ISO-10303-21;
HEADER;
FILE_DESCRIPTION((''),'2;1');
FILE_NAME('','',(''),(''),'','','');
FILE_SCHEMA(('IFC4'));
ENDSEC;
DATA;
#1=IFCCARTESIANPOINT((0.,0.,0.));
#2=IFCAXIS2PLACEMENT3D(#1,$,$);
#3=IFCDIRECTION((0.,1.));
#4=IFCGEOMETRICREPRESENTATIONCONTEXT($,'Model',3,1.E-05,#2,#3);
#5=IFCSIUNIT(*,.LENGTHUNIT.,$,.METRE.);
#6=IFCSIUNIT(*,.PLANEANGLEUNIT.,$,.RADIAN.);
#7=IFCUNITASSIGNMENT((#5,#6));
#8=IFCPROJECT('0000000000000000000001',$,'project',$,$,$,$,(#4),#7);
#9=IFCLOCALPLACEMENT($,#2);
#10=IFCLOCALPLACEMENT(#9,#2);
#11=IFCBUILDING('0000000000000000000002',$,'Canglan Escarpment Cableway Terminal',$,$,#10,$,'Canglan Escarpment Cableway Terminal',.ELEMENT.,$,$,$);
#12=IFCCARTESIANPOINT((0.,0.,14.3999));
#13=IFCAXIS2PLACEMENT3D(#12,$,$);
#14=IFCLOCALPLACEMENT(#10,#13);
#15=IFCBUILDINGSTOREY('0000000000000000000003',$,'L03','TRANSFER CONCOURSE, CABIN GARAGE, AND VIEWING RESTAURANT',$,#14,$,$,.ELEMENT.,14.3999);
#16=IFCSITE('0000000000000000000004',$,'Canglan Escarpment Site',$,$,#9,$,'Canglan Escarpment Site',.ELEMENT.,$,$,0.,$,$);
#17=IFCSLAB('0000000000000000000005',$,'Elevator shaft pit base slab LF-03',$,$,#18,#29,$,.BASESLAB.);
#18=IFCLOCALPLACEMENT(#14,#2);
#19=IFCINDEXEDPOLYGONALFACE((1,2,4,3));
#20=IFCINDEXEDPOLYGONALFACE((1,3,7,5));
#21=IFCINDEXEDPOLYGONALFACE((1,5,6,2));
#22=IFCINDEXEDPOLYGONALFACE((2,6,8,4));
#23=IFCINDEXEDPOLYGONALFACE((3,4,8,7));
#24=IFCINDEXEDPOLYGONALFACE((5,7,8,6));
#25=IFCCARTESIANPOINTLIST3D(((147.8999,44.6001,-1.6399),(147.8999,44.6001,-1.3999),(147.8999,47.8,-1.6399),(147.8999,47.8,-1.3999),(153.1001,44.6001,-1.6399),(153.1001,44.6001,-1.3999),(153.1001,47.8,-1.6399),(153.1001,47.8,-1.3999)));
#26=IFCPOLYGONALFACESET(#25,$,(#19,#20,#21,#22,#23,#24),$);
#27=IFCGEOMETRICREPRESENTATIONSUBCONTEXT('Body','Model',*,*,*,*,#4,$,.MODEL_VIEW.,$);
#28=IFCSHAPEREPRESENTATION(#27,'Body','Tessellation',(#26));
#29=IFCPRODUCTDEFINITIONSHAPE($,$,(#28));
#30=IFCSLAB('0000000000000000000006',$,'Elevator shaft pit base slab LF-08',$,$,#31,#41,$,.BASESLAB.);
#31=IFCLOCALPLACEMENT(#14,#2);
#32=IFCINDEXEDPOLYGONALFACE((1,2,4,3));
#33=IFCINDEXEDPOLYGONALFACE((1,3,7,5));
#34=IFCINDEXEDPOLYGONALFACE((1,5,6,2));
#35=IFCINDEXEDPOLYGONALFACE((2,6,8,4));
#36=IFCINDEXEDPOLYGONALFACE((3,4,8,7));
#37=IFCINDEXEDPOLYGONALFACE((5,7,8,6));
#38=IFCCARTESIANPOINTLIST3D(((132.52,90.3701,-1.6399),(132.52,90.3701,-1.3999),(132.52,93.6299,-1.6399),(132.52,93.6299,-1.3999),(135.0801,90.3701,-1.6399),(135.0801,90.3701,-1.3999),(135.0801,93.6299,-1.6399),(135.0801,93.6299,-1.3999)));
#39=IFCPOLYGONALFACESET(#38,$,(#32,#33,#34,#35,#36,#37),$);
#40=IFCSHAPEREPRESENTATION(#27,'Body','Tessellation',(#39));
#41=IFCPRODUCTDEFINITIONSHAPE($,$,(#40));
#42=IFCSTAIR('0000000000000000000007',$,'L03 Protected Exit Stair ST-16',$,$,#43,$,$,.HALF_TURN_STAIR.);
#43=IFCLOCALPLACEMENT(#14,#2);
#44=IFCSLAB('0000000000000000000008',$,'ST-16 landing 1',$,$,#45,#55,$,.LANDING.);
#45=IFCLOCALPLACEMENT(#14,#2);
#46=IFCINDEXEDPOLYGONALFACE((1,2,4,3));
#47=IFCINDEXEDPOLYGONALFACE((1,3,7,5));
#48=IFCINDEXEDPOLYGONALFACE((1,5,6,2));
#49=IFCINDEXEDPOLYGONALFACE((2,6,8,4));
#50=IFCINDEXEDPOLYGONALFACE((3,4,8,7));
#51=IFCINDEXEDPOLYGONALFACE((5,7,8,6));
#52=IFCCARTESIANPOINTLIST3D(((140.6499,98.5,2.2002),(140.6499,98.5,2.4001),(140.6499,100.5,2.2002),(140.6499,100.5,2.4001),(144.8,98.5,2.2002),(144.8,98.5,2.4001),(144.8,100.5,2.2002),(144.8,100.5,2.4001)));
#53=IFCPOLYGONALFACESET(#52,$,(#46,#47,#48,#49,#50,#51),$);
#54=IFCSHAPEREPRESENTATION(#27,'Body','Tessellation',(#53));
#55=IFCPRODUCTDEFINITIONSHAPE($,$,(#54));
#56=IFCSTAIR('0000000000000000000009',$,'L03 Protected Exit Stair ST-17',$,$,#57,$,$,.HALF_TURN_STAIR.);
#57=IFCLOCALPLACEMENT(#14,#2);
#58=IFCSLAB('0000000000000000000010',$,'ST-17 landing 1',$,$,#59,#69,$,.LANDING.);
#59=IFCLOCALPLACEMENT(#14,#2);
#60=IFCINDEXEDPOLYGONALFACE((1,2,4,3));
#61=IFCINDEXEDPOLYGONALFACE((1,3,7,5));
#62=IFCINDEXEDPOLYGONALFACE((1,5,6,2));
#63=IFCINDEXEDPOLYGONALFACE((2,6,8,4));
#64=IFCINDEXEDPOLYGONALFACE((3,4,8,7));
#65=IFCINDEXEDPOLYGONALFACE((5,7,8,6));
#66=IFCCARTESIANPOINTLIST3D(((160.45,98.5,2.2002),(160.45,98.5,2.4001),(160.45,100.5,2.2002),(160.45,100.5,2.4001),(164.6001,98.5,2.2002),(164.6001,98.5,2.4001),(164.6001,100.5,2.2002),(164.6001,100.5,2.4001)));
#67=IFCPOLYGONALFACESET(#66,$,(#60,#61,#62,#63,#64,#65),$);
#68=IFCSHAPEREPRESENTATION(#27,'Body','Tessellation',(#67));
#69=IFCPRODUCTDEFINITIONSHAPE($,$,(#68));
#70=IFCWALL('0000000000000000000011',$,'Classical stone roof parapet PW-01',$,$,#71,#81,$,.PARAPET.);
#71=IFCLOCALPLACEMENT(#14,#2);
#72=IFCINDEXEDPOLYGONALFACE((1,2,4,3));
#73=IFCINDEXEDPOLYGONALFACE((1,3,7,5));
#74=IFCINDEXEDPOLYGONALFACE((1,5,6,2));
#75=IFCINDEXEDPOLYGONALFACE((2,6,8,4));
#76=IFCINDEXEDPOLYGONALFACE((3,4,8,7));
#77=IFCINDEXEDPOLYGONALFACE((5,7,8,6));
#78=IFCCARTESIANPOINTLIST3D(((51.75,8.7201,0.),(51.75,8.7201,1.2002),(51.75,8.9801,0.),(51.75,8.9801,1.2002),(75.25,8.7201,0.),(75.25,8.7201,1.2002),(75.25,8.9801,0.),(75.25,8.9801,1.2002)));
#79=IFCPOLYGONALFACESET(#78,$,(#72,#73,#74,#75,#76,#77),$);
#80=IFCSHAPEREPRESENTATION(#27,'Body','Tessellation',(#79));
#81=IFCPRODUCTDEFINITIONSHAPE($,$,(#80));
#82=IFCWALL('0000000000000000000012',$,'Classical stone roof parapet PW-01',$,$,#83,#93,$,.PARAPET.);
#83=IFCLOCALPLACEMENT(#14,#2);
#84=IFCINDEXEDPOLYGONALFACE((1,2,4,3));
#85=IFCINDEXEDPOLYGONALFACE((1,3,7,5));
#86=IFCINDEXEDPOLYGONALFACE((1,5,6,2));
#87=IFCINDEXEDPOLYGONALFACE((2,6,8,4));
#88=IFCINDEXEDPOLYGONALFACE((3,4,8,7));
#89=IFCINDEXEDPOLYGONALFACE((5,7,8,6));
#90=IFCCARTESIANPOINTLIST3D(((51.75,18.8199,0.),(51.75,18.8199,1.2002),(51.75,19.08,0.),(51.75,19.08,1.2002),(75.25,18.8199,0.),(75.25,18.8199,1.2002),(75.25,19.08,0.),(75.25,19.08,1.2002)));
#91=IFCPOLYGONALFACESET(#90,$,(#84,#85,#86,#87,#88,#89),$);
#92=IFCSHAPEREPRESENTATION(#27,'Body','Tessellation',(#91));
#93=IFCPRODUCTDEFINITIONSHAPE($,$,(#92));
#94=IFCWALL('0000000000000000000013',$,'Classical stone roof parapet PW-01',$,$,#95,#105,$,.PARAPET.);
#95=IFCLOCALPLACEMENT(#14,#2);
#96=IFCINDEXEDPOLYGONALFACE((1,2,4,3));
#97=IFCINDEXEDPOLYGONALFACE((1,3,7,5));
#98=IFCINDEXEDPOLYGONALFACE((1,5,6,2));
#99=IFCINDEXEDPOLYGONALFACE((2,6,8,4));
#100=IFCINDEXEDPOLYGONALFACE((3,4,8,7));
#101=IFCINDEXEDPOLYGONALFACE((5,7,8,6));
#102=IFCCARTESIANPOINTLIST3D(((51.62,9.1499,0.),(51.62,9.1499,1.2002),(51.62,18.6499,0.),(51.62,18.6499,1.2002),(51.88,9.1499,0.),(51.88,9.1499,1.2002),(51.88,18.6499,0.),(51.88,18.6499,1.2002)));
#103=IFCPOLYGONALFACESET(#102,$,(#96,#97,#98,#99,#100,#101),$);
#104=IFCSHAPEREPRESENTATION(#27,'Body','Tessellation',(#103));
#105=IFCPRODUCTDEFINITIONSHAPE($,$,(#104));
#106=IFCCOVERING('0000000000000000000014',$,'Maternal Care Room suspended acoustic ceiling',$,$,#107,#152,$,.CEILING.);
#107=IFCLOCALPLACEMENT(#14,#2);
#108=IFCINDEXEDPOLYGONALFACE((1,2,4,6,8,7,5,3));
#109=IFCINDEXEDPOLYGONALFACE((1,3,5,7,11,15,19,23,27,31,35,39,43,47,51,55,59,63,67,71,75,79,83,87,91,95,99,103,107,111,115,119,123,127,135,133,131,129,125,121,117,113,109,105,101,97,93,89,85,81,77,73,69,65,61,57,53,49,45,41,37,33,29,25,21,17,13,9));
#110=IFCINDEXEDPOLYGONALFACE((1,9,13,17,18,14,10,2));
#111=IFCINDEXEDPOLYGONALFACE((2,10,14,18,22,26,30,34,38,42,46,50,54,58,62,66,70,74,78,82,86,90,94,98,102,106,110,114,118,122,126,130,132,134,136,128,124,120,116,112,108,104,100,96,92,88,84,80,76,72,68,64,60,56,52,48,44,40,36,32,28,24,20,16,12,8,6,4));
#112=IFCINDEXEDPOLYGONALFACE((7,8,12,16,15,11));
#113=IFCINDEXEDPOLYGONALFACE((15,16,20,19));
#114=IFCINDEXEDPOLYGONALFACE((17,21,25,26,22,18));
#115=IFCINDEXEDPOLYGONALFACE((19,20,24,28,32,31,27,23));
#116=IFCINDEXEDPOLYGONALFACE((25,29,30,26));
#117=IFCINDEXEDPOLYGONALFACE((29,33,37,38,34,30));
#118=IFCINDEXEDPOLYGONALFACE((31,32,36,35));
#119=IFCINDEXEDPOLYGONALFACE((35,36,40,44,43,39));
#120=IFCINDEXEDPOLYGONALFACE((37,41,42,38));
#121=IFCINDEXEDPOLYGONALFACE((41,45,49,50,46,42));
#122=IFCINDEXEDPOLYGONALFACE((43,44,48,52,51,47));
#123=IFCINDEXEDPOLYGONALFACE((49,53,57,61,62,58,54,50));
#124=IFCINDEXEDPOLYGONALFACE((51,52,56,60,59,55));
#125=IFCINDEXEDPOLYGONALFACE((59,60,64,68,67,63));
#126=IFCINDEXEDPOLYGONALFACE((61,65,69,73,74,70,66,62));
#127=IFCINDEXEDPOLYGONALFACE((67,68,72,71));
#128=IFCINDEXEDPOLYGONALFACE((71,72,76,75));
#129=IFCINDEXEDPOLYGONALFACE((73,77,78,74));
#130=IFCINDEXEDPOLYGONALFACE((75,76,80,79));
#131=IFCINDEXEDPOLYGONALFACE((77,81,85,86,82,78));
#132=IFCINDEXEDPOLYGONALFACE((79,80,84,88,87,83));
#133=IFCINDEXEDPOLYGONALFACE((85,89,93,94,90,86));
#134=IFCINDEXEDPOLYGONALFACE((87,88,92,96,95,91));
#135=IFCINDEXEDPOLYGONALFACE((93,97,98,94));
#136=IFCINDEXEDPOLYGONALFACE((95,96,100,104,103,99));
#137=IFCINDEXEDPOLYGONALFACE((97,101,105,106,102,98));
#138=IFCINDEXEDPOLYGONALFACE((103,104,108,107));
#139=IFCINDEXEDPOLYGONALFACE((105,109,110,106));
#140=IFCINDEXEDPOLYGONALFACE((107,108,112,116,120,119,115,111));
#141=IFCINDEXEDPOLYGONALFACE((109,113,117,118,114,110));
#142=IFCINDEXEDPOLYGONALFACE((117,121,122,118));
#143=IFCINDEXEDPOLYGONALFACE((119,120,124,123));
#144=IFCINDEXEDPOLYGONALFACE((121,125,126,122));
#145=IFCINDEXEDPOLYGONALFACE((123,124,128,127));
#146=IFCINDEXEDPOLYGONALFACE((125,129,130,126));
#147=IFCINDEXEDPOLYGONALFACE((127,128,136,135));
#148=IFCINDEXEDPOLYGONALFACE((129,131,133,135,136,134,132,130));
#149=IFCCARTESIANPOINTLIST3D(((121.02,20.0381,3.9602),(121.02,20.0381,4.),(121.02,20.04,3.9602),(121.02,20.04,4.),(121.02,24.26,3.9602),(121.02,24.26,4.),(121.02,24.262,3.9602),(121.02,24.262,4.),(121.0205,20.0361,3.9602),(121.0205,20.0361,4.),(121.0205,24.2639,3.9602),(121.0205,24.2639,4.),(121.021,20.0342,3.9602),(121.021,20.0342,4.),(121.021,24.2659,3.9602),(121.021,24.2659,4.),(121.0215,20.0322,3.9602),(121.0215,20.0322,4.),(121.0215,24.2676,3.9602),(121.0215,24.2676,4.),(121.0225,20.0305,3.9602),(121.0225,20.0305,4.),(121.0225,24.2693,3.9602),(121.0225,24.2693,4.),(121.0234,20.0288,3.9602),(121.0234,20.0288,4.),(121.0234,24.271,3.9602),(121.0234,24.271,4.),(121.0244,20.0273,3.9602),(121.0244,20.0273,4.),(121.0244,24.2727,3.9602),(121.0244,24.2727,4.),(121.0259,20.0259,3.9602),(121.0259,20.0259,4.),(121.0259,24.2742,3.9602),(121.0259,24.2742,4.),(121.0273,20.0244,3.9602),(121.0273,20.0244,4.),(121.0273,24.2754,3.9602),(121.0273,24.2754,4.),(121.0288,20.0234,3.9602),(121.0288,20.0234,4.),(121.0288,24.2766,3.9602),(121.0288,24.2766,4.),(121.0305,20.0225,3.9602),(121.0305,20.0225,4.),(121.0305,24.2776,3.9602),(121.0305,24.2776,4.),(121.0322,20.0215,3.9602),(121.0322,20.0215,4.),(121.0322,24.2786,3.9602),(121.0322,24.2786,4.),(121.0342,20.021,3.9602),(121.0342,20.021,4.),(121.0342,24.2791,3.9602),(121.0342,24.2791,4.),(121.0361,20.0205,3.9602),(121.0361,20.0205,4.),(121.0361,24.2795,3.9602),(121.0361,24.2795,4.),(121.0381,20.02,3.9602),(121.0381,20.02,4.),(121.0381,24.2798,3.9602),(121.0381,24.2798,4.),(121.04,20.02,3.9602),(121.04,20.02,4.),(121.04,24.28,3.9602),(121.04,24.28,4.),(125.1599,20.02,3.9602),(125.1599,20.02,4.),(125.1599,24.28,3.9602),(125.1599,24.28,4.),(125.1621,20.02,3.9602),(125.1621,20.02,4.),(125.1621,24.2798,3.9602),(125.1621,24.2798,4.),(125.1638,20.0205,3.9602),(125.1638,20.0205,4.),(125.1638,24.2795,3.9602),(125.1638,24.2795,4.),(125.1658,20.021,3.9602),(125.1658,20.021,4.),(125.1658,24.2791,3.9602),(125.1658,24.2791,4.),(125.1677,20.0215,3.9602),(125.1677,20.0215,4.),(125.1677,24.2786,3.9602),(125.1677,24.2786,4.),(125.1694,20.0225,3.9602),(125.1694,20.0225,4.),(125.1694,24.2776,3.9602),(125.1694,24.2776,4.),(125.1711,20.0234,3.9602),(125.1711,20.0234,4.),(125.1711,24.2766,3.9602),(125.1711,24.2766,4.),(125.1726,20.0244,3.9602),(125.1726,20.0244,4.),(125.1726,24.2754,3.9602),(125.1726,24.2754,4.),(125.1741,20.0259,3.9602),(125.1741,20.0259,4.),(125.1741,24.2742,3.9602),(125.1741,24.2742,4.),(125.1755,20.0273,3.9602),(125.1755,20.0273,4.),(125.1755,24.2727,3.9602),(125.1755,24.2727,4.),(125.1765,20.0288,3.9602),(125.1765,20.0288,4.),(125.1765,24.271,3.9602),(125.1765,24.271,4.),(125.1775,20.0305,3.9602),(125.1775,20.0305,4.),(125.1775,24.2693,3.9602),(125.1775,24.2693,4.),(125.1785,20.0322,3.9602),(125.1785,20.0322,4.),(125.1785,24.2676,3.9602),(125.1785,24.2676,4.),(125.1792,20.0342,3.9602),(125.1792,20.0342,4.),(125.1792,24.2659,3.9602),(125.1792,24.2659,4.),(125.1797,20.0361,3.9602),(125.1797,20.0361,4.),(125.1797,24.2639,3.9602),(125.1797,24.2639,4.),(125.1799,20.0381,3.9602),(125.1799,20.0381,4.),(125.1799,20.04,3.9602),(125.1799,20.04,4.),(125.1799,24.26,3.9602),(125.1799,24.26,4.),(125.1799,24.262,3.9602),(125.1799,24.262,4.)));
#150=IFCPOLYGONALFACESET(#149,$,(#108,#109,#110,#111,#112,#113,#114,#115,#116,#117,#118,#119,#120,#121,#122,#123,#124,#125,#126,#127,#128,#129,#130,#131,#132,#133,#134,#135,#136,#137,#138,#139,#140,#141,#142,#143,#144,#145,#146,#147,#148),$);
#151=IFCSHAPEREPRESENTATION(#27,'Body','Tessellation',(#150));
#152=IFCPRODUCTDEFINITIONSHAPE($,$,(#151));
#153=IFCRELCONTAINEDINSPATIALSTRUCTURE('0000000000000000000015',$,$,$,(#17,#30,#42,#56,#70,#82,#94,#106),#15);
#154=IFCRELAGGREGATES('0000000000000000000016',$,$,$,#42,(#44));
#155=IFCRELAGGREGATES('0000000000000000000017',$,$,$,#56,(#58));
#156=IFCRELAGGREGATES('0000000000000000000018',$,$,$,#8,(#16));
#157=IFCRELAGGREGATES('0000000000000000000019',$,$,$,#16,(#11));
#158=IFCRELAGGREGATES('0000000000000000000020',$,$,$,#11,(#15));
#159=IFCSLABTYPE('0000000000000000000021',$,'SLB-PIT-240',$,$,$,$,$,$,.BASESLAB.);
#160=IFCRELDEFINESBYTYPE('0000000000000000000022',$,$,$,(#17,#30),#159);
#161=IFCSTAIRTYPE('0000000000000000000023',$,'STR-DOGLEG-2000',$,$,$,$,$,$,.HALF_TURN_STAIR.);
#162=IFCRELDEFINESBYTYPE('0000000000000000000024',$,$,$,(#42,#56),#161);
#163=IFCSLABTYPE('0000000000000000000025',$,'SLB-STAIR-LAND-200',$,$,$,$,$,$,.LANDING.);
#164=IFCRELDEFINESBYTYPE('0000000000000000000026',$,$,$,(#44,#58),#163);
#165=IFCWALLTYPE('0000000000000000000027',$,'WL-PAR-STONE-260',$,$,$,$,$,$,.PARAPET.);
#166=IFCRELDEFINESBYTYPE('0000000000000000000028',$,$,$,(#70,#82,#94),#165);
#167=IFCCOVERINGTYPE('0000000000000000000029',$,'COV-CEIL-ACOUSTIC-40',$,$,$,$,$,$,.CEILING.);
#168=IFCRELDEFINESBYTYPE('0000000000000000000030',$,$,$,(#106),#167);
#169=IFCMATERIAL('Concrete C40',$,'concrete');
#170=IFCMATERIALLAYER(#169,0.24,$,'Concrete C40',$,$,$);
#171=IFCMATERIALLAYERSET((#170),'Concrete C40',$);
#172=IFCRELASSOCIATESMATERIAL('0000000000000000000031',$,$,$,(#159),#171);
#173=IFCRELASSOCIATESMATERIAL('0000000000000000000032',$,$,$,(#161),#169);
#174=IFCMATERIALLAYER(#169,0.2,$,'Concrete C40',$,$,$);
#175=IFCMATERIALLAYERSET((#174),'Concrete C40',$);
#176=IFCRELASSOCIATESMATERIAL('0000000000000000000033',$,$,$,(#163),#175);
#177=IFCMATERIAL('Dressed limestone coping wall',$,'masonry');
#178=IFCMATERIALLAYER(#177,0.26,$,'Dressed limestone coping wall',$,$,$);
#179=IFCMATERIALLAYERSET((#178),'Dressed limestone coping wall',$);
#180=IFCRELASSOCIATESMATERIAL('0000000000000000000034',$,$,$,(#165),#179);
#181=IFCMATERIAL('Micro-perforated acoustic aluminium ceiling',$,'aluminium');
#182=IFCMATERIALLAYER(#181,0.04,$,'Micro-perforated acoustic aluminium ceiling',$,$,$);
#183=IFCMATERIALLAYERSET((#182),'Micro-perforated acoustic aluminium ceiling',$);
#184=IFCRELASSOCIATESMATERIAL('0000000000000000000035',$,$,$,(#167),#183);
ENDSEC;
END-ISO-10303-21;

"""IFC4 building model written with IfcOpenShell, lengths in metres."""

from ifc_helpers import new_model, si_unit, direction, frame, frame_2d, origin, place, context, subcontext, project, spatial, polyline, rectangle, outline, extrude, material, layer, layer_set, type_object, element, aggregate, save


model = new_model("IFC4")

# Units and contexts
model_context = context("Model", 3, precision=1e-05, world=origin(), true_north=direction((0.0, 1.0)))
body_context = subcontext(model_context, "Body", "Model", "MODEL_VIEW")
ifc_project = project(units=[si_unit("LENGTHUNIT", "METRE"), si_unit("PLANEANGLEUNIT", "RADIAN")], contexts=[model_context])

# Site, building, storey
site_placement = place(None, origin())
site = spatial("IfcSite", under=ifc_project, at=site_placement, Name="Canglan Escarpment Site", LongName="Canglan Escarpment Site", CompositionType="ELEMENT", RefElevation=0.0)
building_placement = place(site_placement, origin())
building = spatial("IfcBuilding", under=site, at=building_placement, Name="Canglan Escarpment Cableway Terminal", LongName="Canglan Escarpment Cableway Terminal", CompositionType="ELEMENT")
storey_placement = place(building_placement, frame((0.0, 0.0, 14.3999)))
storey = spatial("IfcBuildingStorey", under=building, at=storey_placement, Name="L03", Description="TRANSFER CONCOURSE, CABIN GARAGE, AND VIEWING RESTAURANT", CompositionType="ELEMENT", Elevation=14.3999)

# Slabs
ifc_material_1 = material(Name="Concrete C40", Category="concrete")
ifc_layer_1 = layer(ifc_material_1, 0.24, Name="Concrete C40")
ifc_layer_set_1 = layer_set([ifc_layer_1], Name="Concrete C40")
slab_type_1 = type_object("IfcSlabType", Name="SLB-PIT-240", PredefinedType="BASESLAB", material=ifc_layer_set_1)
slab_1_placement = place(storey_placement, frame((0.0, 0.0, -1.6399)))
element("IfcSlab", 1, at=slab_1_placement, inside=storey, type_object=slab_type_1, Name="Elevator shaft pit base slab LF-03", PredefinedType="BASESLAB", context=body_context, shape_type="SweptSolid", body=[
    extrude(outline(polyline([(147.8999, 44.6001), (153.1001, 44.6001), (153.1001, 47.8), (147.8999, 47.8), (147.8999, 44.6001)])), origin(), (0.0, 0.0, 1.0), 0.24),
])
slab_2_placement = place(storey_placement, frame((0.0, 0.0, -1.6399)))
element("IfcSlab", 2, at=slab_2_placement, inside=storey, type_object=slab_type_1, Name="Elevator shaft pit base slab LF-08", PredefinedType="BASESLAB", context=body_context, shape_type="SweptSolid", body=[
    extrude(outline(polyline([(132.52, 90.3701), (135.0801, 90.3701), (135.0801, 93.6299), (132.52, 93.6299), (132.52, 90.3701)])), origin(), (0.0, 0.0, 1.0), 0.24),
])

# Stairs, slabs
stair_type = type_object("IfcStairType", Name="STR-DOGLEG-2000", PredefinedType="HALF_TURN_STAIR", material=ifc_material_1)
stair_1_placement = place(storey_placement, origin())
stair_1 = element("IfcStair", 3, at=stair_1_placement, inside=storey, type_object=stair_type, Name="L03 Protected Exit Stair ST-16", PredefinedType="HALF_TURN_STAIR")
ifc_layer_2 = layer(ifc_material_1, 0.2, Name="Concrete C40")
ifc_layer_set_2 = layer_set([ifc_layer_2], Name="Concrete C40")
slab_type_2 = type_object("IfcSlabType", Name="SLB-STAIR-LAND-200", PredefinedType="LANDING", material=ifc_layer_set_2)
slab_3_placement = place(storey_placement, frame((0.0, 0.0, 2.2002)))
slab_3 = element("IfcSlab", 4, at=slab_3_placement, type_object=slab_type_2, Name="ST-16 landing 1", PredefinedType="LANDING", context=body_context, shape_type="SweptSolid", body=[
    extrude(outline(polyline([(144.8, 98.5), (144.8, 100.5), (140.6499, 100.5), (140.6499, 98.5), (144.8, 98.5)])), origin(), (0.0, 0.0, 1.0), 0.2),
])
aggregate(stair_1, [slab_3])
stair_2_placement = place(storey_placement, origin())
stair_2 = element("IfcStair", 5, at=stair_2_placement, inside=storey, type_object=stair_type, Name="L03 Protected Exit Stair ST-17", PredefinedType="HALF_TURN_STAIR")
slab_4_placement = place(storey_placement, frame((0.0, 0.0, 2.2002)))
slab_4 = element("IfcSlab", 6, at=slab_4_placement, type_object=slab_type_2, Name="ST-17 landing 1", PredefinedType="LANDING", context=body_context, shape_type="SweptSolid", body=[
    extrude(outline(polyline([(164.6001, 98.5), (164.6001, 100.5), (160.45, 100.5), (160.45, 98.5), (164.6001, 98.5)])), origin(), (0.0, 0.0, 1.0), 0.2),
])
aggregate(stair_2, [slab_4])

# Walls
ifc_material_2 = material(Name="Dressed limestone coping wall", Category="masonry")
ifc_layer_3 = layer(ifc_material_2, 0.26, Name="Dressed limestone coping wall")
ifc_layer_set_3 = layer_set([ifc_layer_3], Name="Dressed limestone coping wall")
wall_type = type_object("IfcWallType", Name="WL-PAR-STONE-260", PredefinedType="PARAPET", material=ifc_layer_set_3)
for number, where, z_axis, x_axis, name in (
    (7, (51.75, 8.8501, 0.0), (0.0, 0.0, 1.0), (1.0, 0.0, 0.0), "Classical stone roof parapet PW-01"),
    (8, (51.75, 18.95, 0.0), (0.0, 0.0, 1.0), (1.0, 0.0, 0.0), "Classical stone roof parapet PW-01"),
):
    element("IfcWall", number, at=place(storey_placement, frame(where, z_axis=z_axis, x_axis=x_axis)), inside=storey, type_object=wall_type, Name=name, PredefinedType="PARAPET", context=body_context, shape_type="SweptSolid", body=[
        extrude(rectangle(XDim=23.5, YDim=0.26, at=frame_2d((11.75, 0.0))), origin(), (0.0, 0.0, 1.0), 1.2002),
    ])
wall_placement = place(storey_placement, frame((51.75, 9.1499, 0.0), z_axis=(0.0, 0.0, 1.0), x_axis=(0.0, 1.0, 0.0)))
element("IfcWall", 9, at=wall_placement, inside=storey, type_object=wall_type, Name="Classical stone roof parapet PW-01", PredefinedType="PARAPET", context=body_context, shape_type="SweptSolid", body=[
    extrude(rectangle(XDim=9.5, YDim=0.26, at=frame_2d((4.75, 0.0))), origin(), (0.0, 0.0, 1.0), 1.2002),
])

# Covering
ifc_material_3 = material(Name="Micro-perforated acoustic aluminium ceiling", Category="aluminium")
ifc_layer_4 = layer(ifc_material_3, 0.04, Name="Micro-perforated acoustic aluminium ceiling")
ifc_layer_set_4 = layer_set([ifc_layer_4], Name="Micro-perforated acoustic aluminium ceiling")
covering_type_1 = type_object("IfcCoveringType", Name="COV-CEIL-ACOUSTIC-40", PredefinedType="CEILING", material=ifc_layer_set_4)
covering_1_placement = place(storey_placement, frame((0.0, 0.0, 3.9602)))
element("IfcCovering", 10, at=covering_1_placement, inside=storey, type_object=covering_type_1, Name="Maternal Care Room suspended acoustic ceiling", PredefinedType="CEILING", context=body_context, shape_type="SweptSolid", body=[
    extrude(outline(polyline([(121.02, 24.26), (121.02, 24.262), (121.0205, 24.2639), (121.021, 24.2659), (121.0215, 24.2676), (121.0225, 24.2693), (121.0234, 24.271), (121.0244, 24.2727), (121.0259, 24.2742), (121.0273, 24.2754), (121.0288, 24.2766), (121.0305, 24.2776), (121.0322, 24.2786), (121.0342, 24.2791), (121.0361, 24.2795), (121.0381, 24.2798), (121.04, 24.28), (125.1599, 24.28), (125.1621, 24.2798), (125.1638, 24.2795), (125.1658, 24.2791), (125.1677, 24.2786), (125.1694, 24.2776), (125.1711, 24.2766), (125.1726, 24.2754), (125.1741, 24.2742), (125.1755, 24.2727), (125.1765, 24.271), (125.1775, 24.2693), (125.1785, 24.2676), (125.1792, 24.2659), (125.1797, 24.2639), (125.1799, 24.262), (125.1799, 24.26), (125.1799, 20.04), (125.1799, 20.0381), (125.1797, 20.0361), (125.1792, 20.0342), (125.1785, 20.0322), (125.1775, 20.0305), (125.1765, 20.0288), (125.1755, 20.0273), (125.1741, 20.0259), (125.1726, 20.0244), (125.1711, 20.0234), (125.1694, 20.0225), (125.1677, 20.0215), (125.1658, 20.021), (125.1638, 20.0205), (125.1621, 20.02), (125.1599, 20.02), (121.04, 20.02), (121.0381, 20.02), (121.0361, 20.0205), (121.0342, 20.021), (121.0322, 20.0215), (121.0305, 20.0225), (121.0288, 20.0234), (121.0273, 20.0244), (121.0259, 20.0259), (121.0244, 20.0273), (121.0234, 20.0288), (121.0225, 20.0305), (121.0215, 20.0322), (121.021, 20.0342), (121.0205, 20.0361), (121.02, 20.0381), (121.02, 20.04), (121.02, 24.26)])), origin(), (0.0, 0.0, 1.0), 0.0398),
])

save(model, "model.ifc")
